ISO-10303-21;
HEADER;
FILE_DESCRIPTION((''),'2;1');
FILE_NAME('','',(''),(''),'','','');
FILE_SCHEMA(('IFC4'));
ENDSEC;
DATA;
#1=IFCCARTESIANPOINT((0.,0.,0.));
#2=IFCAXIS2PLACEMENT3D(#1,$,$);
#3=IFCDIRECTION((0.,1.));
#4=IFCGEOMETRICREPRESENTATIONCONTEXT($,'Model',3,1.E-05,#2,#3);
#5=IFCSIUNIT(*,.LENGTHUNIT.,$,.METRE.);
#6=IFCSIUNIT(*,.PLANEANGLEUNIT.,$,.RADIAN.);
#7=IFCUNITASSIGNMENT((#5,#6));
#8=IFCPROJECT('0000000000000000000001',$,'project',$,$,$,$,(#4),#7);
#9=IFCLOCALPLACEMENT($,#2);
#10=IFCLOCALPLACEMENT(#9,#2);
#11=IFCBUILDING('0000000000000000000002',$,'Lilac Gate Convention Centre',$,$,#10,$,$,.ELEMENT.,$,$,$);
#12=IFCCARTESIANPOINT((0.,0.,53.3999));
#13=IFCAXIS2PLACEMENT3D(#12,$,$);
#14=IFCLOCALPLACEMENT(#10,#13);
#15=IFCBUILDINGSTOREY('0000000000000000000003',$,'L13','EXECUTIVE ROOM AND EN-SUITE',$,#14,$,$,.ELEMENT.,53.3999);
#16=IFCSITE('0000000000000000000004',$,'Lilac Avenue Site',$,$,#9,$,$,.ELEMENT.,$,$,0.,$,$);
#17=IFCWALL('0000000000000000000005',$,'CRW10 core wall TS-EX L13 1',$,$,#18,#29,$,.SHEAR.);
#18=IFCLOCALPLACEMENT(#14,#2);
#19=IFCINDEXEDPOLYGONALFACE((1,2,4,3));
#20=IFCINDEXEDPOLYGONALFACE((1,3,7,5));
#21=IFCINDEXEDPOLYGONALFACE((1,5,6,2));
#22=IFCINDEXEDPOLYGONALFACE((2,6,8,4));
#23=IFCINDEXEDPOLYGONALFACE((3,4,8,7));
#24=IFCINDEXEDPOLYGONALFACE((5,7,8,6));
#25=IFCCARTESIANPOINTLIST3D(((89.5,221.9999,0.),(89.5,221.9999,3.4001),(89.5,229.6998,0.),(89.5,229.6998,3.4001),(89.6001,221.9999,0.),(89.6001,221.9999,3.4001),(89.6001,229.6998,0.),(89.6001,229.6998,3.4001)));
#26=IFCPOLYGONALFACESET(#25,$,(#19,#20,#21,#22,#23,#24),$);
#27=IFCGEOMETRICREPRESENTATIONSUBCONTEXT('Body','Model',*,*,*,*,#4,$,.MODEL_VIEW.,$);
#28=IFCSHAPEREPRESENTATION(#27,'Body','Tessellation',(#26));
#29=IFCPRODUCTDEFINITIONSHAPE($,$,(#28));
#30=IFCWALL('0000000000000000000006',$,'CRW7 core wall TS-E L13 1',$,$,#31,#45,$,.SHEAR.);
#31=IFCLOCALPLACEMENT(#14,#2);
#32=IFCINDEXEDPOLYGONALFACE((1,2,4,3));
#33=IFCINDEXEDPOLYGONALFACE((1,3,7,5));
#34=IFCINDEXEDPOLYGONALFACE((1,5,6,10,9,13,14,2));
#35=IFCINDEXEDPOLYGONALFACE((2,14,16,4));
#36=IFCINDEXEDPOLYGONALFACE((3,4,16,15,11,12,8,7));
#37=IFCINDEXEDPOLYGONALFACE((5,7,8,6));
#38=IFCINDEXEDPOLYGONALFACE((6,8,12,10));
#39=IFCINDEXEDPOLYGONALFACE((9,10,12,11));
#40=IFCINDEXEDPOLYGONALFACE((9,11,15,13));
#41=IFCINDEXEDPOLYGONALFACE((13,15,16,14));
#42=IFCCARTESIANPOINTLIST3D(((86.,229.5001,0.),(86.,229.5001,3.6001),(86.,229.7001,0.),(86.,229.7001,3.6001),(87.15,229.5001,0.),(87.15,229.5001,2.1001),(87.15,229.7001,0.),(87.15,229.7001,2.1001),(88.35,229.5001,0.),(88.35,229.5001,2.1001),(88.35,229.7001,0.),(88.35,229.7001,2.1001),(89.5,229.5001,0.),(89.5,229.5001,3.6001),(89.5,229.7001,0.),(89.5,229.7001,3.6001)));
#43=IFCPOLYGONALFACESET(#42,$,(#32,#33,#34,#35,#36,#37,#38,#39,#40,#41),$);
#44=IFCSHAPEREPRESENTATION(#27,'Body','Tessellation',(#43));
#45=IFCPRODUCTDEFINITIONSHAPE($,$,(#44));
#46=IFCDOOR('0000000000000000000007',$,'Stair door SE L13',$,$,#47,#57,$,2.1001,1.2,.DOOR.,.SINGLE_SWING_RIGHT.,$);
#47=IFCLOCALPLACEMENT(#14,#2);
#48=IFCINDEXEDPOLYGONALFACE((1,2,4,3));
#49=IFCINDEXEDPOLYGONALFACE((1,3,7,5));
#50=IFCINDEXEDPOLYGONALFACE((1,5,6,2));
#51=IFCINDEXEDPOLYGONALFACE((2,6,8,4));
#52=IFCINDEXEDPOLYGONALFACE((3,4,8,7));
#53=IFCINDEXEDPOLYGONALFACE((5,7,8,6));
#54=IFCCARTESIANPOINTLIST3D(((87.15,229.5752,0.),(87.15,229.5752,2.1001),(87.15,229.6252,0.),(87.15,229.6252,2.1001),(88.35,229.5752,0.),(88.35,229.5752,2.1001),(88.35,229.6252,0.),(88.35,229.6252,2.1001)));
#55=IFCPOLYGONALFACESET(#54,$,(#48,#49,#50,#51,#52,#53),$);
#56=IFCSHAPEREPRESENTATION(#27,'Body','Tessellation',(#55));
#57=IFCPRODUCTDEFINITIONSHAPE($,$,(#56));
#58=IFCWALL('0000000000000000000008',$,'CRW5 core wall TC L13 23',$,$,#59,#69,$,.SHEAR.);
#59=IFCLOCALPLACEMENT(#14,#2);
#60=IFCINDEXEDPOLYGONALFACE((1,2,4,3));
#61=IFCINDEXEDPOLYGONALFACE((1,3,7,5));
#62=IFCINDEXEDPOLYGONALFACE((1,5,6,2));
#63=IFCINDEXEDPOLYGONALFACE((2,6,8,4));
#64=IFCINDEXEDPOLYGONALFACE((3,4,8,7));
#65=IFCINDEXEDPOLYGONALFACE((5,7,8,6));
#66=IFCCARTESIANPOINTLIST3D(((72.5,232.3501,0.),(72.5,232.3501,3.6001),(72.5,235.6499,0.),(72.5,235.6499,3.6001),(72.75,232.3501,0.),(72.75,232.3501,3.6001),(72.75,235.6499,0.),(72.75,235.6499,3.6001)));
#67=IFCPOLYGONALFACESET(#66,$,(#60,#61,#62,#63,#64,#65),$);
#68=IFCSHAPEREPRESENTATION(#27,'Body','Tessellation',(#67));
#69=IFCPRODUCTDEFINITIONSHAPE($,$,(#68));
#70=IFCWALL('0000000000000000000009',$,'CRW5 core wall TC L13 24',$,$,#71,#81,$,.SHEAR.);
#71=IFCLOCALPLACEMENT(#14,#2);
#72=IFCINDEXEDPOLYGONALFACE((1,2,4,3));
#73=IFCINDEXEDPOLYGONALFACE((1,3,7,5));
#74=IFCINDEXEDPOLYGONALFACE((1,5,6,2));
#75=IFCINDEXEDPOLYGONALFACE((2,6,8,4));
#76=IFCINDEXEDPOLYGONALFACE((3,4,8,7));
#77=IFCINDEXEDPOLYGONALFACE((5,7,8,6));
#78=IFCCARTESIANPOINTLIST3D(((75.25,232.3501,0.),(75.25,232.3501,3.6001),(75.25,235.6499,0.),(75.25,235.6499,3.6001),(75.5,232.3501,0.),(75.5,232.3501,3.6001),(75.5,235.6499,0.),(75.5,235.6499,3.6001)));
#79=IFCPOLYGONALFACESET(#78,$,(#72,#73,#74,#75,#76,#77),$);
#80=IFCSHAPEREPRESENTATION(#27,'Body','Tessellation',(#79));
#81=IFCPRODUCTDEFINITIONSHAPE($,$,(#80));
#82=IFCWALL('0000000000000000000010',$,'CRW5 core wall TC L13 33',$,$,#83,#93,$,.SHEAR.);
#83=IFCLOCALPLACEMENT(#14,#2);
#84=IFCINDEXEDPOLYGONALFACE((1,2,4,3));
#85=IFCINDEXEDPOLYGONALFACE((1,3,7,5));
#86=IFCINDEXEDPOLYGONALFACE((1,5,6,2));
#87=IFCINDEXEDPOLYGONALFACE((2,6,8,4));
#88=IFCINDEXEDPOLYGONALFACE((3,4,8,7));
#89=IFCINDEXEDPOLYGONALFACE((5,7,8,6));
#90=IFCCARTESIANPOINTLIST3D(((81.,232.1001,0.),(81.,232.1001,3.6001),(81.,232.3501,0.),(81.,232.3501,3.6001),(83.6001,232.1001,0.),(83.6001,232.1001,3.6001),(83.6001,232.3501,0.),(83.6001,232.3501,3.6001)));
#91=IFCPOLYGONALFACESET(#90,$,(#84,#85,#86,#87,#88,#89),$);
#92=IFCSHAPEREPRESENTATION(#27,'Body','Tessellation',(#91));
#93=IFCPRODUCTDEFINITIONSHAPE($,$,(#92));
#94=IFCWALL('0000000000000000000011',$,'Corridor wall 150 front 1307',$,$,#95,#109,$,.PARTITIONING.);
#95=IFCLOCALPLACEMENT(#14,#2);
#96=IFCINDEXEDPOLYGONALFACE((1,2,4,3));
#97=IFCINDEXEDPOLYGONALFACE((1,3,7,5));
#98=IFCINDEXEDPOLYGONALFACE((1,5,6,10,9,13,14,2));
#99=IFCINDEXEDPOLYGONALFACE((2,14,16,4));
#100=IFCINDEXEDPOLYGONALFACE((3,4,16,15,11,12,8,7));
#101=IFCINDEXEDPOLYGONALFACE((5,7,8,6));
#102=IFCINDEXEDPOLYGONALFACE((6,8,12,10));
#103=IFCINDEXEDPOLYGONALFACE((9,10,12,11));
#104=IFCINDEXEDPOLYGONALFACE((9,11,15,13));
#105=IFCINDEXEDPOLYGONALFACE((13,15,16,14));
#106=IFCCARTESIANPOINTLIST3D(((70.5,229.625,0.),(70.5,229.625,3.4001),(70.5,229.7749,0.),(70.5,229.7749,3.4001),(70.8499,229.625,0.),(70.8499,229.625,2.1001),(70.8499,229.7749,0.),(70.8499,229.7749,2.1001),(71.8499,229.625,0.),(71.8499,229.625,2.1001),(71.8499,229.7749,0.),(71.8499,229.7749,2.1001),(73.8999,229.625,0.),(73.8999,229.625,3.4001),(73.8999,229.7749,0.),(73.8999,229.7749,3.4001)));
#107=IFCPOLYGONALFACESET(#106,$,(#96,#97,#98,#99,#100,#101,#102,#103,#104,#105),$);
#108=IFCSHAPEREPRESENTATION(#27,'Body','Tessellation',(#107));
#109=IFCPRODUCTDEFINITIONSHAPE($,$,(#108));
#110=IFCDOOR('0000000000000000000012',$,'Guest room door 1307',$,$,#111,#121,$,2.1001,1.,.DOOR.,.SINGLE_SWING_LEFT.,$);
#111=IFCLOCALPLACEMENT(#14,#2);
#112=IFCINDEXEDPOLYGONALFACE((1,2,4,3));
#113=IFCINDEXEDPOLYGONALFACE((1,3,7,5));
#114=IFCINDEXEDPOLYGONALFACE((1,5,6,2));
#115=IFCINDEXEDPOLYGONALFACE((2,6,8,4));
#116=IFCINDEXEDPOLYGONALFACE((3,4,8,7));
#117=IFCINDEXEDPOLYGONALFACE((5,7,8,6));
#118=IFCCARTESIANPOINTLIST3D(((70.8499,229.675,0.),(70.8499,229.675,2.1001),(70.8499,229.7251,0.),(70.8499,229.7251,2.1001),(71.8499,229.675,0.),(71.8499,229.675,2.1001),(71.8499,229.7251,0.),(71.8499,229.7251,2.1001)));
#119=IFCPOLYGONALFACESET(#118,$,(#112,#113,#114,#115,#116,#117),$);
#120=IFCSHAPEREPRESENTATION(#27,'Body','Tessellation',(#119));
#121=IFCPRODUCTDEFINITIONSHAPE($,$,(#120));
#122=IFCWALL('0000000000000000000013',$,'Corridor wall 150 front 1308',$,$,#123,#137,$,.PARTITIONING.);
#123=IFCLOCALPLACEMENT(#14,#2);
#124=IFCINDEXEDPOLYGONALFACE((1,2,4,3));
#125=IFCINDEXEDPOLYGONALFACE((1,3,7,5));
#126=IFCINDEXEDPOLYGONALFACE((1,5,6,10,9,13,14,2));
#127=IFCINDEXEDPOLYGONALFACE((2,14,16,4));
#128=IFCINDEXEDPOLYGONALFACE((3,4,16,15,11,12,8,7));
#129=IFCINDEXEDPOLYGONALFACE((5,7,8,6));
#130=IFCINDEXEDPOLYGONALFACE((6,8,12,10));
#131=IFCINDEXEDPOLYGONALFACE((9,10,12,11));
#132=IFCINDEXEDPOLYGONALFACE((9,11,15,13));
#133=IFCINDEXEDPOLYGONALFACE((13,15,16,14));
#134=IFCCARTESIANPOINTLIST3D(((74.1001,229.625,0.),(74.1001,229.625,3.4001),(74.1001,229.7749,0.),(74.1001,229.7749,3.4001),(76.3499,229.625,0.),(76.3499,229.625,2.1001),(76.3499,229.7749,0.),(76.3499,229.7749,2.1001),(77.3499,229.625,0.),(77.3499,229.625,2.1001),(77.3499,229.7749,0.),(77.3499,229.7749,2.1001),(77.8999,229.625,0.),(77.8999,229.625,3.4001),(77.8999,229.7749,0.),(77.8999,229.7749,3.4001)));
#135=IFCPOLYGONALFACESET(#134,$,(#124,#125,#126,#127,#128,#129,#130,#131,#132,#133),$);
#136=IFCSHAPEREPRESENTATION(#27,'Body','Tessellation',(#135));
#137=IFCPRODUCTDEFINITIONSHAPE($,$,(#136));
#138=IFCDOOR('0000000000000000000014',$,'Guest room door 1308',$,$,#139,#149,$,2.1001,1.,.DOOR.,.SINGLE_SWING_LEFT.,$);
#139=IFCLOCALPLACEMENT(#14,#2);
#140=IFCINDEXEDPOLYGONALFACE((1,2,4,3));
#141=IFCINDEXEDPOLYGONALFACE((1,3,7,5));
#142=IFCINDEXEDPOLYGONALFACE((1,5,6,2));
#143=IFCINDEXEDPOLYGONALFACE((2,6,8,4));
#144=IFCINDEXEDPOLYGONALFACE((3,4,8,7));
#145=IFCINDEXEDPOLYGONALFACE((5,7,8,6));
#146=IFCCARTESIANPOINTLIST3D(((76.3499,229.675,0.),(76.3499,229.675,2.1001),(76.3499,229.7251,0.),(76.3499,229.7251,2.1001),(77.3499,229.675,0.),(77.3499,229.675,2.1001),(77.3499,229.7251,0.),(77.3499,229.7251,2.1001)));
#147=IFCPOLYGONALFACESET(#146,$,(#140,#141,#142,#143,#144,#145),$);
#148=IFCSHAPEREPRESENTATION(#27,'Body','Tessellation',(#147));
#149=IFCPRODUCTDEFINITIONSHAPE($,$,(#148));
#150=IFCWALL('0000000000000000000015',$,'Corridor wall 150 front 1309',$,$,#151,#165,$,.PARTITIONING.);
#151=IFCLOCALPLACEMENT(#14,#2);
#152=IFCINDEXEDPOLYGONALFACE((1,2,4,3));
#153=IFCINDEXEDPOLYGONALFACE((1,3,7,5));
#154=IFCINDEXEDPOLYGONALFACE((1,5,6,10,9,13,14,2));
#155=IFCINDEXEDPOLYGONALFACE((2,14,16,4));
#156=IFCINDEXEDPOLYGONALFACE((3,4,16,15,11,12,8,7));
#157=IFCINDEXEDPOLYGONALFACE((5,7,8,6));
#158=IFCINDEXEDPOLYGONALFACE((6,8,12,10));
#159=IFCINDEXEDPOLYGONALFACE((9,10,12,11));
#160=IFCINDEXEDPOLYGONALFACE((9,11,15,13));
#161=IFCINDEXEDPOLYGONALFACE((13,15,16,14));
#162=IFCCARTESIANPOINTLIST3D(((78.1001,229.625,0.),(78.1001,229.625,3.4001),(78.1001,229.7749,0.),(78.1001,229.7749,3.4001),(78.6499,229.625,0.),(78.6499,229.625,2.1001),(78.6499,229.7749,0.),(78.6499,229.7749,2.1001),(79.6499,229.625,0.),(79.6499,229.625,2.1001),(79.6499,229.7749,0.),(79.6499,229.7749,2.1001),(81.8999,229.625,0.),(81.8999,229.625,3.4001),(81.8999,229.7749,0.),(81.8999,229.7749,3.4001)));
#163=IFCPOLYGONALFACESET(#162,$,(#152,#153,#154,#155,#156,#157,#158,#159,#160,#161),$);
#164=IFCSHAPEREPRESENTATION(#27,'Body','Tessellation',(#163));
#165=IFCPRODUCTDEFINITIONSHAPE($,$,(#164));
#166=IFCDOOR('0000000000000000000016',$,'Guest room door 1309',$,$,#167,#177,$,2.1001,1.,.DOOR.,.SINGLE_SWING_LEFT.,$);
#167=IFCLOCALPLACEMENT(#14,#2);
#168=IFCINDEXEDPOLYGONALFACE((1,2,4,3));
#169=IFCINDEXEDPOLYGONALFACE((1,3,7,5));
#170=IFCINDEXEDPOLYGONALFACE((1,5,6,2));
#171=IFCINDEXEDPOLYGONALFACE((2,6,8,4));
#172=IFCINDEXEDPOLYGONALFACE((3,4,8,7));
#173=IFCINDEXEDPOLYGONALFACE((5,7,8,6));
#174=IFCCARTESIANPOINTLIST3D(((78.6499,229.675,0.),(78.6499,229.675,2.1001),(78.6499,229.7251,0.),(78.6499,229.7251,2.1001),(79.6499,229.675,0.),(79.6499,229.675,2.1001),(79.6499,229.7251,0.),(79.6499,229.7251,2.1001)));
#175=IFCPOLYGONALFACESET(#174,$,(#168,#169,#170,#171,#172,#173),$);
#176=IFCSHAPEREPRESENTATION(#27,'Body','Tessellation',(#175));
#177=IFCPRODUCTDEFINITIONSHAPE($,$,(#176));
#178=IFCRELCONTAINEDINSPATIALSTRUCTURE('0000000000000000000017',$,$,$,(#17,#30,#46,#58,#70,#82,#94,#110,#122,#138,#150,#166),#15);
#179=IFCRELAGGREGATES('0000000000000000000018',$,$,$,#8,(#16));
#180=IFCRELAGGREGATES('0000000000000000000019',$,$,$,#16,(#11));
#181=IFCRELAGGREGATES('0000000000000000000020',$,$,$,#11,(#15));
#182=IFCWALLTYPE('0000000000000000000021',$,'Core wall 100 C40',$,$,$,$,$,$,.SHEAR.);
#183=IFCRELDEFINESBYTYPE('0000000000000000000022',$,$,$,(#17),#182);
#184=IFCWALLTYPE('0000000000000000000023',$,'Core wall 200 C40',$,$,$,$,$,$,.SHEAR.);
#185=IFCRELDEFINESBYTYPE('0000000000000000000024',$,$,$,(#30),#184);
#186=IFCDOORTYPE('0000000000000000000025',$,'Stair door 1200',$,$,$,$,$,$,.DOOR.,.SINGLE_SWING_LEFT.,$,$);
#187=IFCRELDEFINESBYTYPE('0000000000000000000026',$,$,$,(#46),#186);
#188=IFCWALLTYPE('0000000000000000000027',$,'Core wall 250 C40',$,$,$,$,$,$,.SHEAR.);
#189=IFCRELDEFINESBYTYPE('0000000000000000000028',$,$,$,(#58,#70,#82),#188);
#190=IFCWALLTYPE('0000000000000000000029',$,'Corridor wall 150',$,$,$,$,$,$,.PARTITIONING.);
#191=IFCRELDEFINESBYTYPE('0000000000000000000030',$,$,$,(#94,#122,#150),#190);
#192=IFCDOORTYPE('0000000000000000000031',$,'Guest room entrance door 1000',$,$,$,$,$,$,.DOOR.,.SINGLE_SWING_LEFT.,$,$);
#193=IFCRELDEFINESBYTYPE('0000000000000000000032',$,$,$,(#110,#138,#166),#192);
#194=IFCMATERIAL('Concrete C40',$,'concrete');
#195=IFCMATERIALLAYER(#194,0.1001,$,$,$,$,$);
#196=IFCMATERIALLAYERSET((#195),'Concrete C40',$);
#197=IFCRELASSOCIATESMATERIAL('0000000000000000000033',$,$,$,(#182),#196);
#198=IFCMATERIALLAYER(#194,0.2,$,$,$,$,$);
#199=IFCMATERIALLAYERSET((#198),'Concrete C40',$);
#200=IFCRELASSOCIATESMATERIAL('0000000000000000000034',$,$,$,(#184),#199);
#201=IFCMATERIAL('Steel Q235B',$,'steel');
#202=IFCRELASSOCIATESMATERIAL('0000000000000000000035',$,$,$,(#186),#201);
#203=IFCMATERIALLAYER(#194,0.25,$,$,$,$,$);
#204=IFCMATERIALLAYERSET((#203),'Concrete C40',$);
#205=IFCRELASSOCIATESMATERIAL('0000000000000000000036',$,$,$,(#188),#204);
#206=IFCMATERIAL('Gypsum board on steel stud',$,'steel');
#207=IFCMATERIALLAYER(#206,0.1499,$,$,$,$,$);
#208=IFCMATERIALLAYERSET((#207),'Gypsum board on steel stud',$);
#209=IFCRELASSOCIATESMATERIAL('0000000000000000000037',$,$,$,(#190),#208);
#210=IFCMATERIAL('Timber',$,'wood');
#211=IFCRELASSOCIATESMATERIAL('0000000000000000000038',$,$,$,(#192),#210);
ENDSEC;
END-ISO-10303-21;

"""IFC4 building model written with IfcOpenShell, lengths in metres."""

from ifc_helpers import new_model, si_unit, direction, frame, frame_2d, origin, place, context, subcontext, project, spatial, rectangle, extrude, material, layer, layer_set, type_object, element, fill, save


model = new_model("IFC4")

# Units and contexts
model_context = context("Model", 3, precision=1e-05, world=origin(), true_north=direction((0.0, 1.0)))
body_context = subcontext(model_context, "Body", "Model", "MODEL_VIEW")
ifc_project = project(units=[si_unit("LENGTHUNIT", "METRE"), si_unit("PLANEANGLEUNIT", "RADIAN")], contexts=[model_context])

# Site, building, storey
site_placement = place(None, origin())
site = spatial("IfcSite", under=ifc_project, at=site_placement, Name="Lilac Avenue Site", CompositionType="ELEMENT", RefElevation=0.0)
building_placement = place(site_placement, origin())
building = spatial("IfcBuilding", under=site, at=building_placement, Name="Lilac Gate Convention Centre", CompositionType="ELEMENT")
storey_placement = place(building_placement, frame((0.0, 0.0, 53.3999)))
storey = spatial("IfcBuildingStorey", under=building, at=storey_placement, Name="L13", Description="EXECUTIVE ROOM AND EN-SUITE", CompositionType="ELEMENT", Elevation=53.3999)

# Wall
ifc_material_1 = material(Name="Concrete C40", Category="concrete")
ifc_layer_1 = layer(ifc_material_1, 0.1001)
ifc_layer_set_1 = layer_set([ifc_layer_1], Name="Concrete C40")
wall_type_1 = type_object("IfcWallType", Name="Core wall 100 C40", PredefinedType="SHEAR", material=ifc_layer_set_1)
wall_1_placement = place(storey_placement, frame((89.55, 229.7, 0.0), z_axis=(0.0, 0.0, 1.0), x_axis=(0.0, -1.0, 0.0)))
element("IfcWall", 1, at=wall_1_placement, inside=storey, type_object=wall_type_1, Name="CRW10 core wall TS-EX L13 1", PredefinedType="SHEAR", context=body_context, shape_type="SweptSolid", body=[
    extrude(rectangle(XDim=7.7, YDim=0.1001, at=frame_2d((3.8501, 0.0))), origin(), (0.0, 0.0, 1.0), 3.4001),
])

# Wall, opening, door
ifc_layer_2 = layer(ifc_material_1, 0.2)
ifc_layer_set_2 = layer_set([ifc_layer_2], Name="Concrete C40")
wall_type_2 = type_object("IfcWallType", Name="Core wall 200 C40", PredefinedType="SHEAR", material=ifc_layer_set_2)
wall_2_placement = place(storey_placement, frame((89.5, 229.6001, 0.0), z_axis=(0.0, 0.0, 1.0), x_axis=(-1.0, 0.0, 0.0)))
wall_2 = element("IfcWall", 2, at=wall_2_placement, inside=storey, type_object=wall_type_2, Name="CRW7 core wall TS-E L13 1", PredefinedType="SHEAR", context=body_context, shape_type="SweptSolid", body=[
    extrude(rectangle(XDim=3.5, YDim=0.2, at=frame_2d((1.75, 0.0))), origin(), (0.0, 0.0, 1.0), 3.6001),
])
opening_1_placement = place(wall_2_placement, frame((1.1499, 0.0, 0.0)))
opening_1 = element("IfcOpeningElement", 3, at=opening_1_placement, cuts=wall_2, PredefinedType="OPENING", context=body_context, shape_type="SweptSolid", body=[
    extrude(rectangle(XDim=1.2, YDim=2.1001, at=frame_2d((0.6001, 1.05))), frame((0.0, 0.1099, 0.0), z_axis=(0.0, -1.0, 0.0), x_axis=(1.0, 0.0, 0.0)), (0.0, 0.0, 1.0), 0.22),
])
ifc_material_2 = material(Name="Steel Q235B", Category="steel")
door_type_1 = type_object("IfcDoorType", Name="Stair door 1200", OperationType="SINGLE_SWING_LEFT", PredefinedType="DOOR", material=ifc_material_2)
door_1_placement = place(opening_1_placement, origin())
door_1 = element("IfcDoor", 4, at=door_1_placement, inside=storey, type_object=door_type_1, Name="Stair door SE L13", OperationType="SINGLE_SWING_RIGHT", OverallHeight=2.1001, OverallWidth=1.2, PredefinedType="DOOR", context=body_context, shape_type="SweptSolid", body=[
    extrude(rectangle(XDim=1.2, YDim=2.1001, at=frame_2d((0.6001, 1.05))), frame((0.0, 0.0249, 0.0), z_axis=(0.0, -1.0, 0.0), x_axis=(1.0, 0.0, 0.0)), (0.0, 0.0, 1.0), 0.05),
])
fill(opening_1, door_1)

# Walls
ifc_layer_3 = layer(ifc_material_1, 0.25)
ifc_layer_set_3 = layer_set([ifc_layer_3], Name="Concrete C40")
wall_type_3 = type_object("IfcWallType", Name="Core wall 250 C40", PredefinedType="SHEAR", material=ifc_layer_set_3)
for number, where, z_axis, x_axis, name in (
    (5, (72.625, 232.3501, 0.0), (0.0, 0.0, 1.0), (0.0, 1.0, 0.0), "CRW5 core wall TC L13 23"),
    (6, (75.375, 232.3501, 0.0), (0.0, 0.0, 1.0), (0.0, 1.0, 0.0), "CRW5 core wall TC L13 24"),
):
    element("IfcWall", number, at=place(storey_placement, frame(where, z_axis=z_axis, x_axis=x_axis)), inside=storey, type_object=wall_type_3, Name=name, PredefinedType="SHEAR", context=body_context, shape_type="SweptSolid", body=[
        extrude(rectangle(XDim=3.2998, YDim=0.25, at=frame_2d((1.6499, 0.0))), origin(), (0.0, 0.0, 1.0), 3.6001),
    ])
wall_3_placement = place(storey_placement, frame((81.0, 232.2251, 0.0), z_axis=(0.0, 0.0, 1.0), x_axis=(1.0, 0.0, 0.0)))
element("IfcWall", 7, at=wall_3_placement, inside=storey, type_object=wall_type_3, Name="CRW5 core wall TC L13 33", PredefinedType="SHEAR", context=body_context, shape_type="SweptSolid", body=[
    extrude(rectangle(XDim=2.6001, YDim=0.25, at=frame_2d((1.3, 0.0))), origin(), (0.0, 0.0, 1.0), 3.6001),
])

# Walls, openings, doors
ifc_material_3 = material(Name="Gypsum board on steel stud", Category="steel")
ifc_layer_4 = layer(ifc_material_3, 0.1499)
ifc_layer_set_4 = layer_set([ifc_layer_4], Name="Gypsum board on steel stud")
wall_type_4 = type_object("IfcWallType", Name="Corridor wall 150", PredefinedType="PARTITIONING", material=ifc_layer_set_4)
wall_4_placement = place(storey_placement, frame((73.8999, 229.7, 0.0), z_axis=(0.0, 0.0, 1.0), x_axis=(-1.0, 0.0, 0.0)))
wall_4 = element("IfcWall", 8, at=wall_4_placement, inside=storey, type_object=wall_type_4, Name="Corridor wall 150 front 1307", PredefinedType="PARTITIONING", context=body_context, shape_type="SweptSolid", body=[
    extrude(rectangle(XDim=3.3999, YDim=0.1499, at=frame_2d((1.7, 0.0))), origin(), (0.0, 0.0, 1.0), 3.4001),
])
opening_2_placement = place(wall_4_placement, frame((2.05, 0.0, 0.0)))
opening_2 = element("IfcOpeningElement", 9, at=opening_2_placement, cuts=wall_4, PredefinedType="OPENING", context=body_context, shape_type="SweptSolid", body=[
    extrude(rectangle(XDim=1.0, YDim=2.1001, at=frame_2d((0.5, 1.05))), frame((0.0, 0.085, 0.0), z_axis=(0.0, -1.0, 0.0), x_axis=(1.0, 0.0, 0.0)), (0.0, 0.0, 1.0), 0.1699),
])
ifc_material_4 = material(Name="Timber", Category="wood")
door_type_2 = type_object("IfcDoorType", Name="Guest room entrance door 1000", OperationType="SINGLE_SWING_LEFT", PredefinedType="DOOR", material=ifc_material_4)
door_2_placement = place(opening_2_placement, origin())
door_2 = element("IfcDoor", 10, at=door_2_placement, inside=storey, type_object=door_type_2, Name="Guest room door 1307", OperationType="SINGLE_SWING_LEFT", OverallHeight=2.1001, OverallWidth=1.0, PredefinedType="DOOR", context=body_context, shape_type="SweptSolid", body=[
    extrude(rectangle(XDim=1.0, YDim=2.1001, at=frame_2d((0.5, 1.05))), frame((0.0, 0.0249, 0.0), z_axis=(0.0, -1.0, 0.0), x_axis=(1.0, 0.0, 0.0)), (0.0, 0.0, 1.0), 0.05),
])
fill(opening_2, door_2)
wall_5_placement = place(storey_placement, frame((77.8999, 229.7, 0.0), z_axis=(0.0, 0.0, 1.0), x_axis=(-1.0, 0.0, 0.0)))
wall_5 = element("IfcWall", 11, at=wall_5_placement, inside=storey, type_object=wall_type_4, Name="Corridor wall 150 front 1308", PredefinedType="PARTITIONING", context=body_context, shape_type="SweptSolid", body=[
    extrude(rectangle(XDim=3.7998, YDim=0.1499, at=frame_2d((1.8999, 0.0))), origin(), (0.0, 0.0, 1.0), 3.4001),
])
opening_3_placement = place(wall_5_placement, frame((0.55, 0.0, 0.0)))
opening_3 = element("IfcOpeningElement", 12, at=opening_3_placement, cuts=wall_5, PredefinedType="OPENING", context=body_context, shape_type="SweptSolid", body=[
    extrude(rectangle(XDim=1.0, YDim=2.1001, at=frame_2d((0.5, 1.05))), frame((0.0, 0.085, 0.0), z_axis=(0.0, -1.0, 0.0), x_axis=(1.0, 0.0, 0.0)), (0.0, 0.0, 1.0), 0.1699),
])
door_3_placement = place(opening_3_placement, origin())
door_3 = element("IfcDoor", 13, at=door_3_placement, inside=storey, type_object=door_type_2, Name="Guest room door 1308", OperationType="SINGLE_SWING_LEFT", OverallHeight=2.1001, OverallWidth=1.0, PredefinedType="DOOR", context=body_context, shape_type="SweptSolid", body=[
    extrude(rectangle(XDim=1.0, YDim=2.1001, at=frame_2d((0.5, 1.05))), frame((0.0, 0.0249, 0.0), z_axis=(0.0, -1.0, 0.0), x_axis=(1.0, 0.0, 0.0)), (0.0, 0.0, 1.0), 0.05),
])
fill(opening_3, door_3)
wall_6_placement = place(storey_placement, frame((81.8999, 229.7, 0.0), z_axis=(0.0, 0.0, 1.0), x_axis=(-1.0, 0.0, 0.0)))
wall_6 = element("IfcWall", 14, at=wall_6_placement, inside=storey, type_object=wall_type_4, Name="Corridor wall 150 front 1309", PredefinedType="PARTITIONING", context=body_context, shape_type="SweptSolid", body=[
    extrude(rectangle(XDim=3.7998, YDim=0.1499, at=frame_2d((1.8999, 0.0))), origin(), (0.0, 0.0, 1.0), 3.4001),
])
opening_4_placement = place(wall_6_placement, frame((2.25, 0.0, 0.0)))
opening_4 = element("IfcOpeningElement", 15, at=opening_4_placement, cuts=wall_6, PredefinedType="OPENING", context=body_context, shape_type="SweptSolid", body=[
    extrude(rectangle(XDim=1.0, YDim=2.1001, at=frame_2d((0.5, 1.05))), frame((0.0, 0.085, 0.0), z_axis=(0.0, -1.0, 0.0), x_axis=(1.0, 0.0, 0.0)), (0.0, 0.0, 1.0), 0.1699),
])
door_4_placement = place(opening_4_placement, origin())
door_4 = element("IfcDoor", 16, at=door_4_placement, inside=storey, type_object=door_type_2, Name="Guest room door 1309", OperationType="SINGLE_SWING_LEFT", OverallHeight=2.1001, OverallWidth=1.0, PredefinedType="DOOR", context=body_context, shape_type="SweptSolid", body=[
    extrude(rectangle(XDim=1.0, YDim=2.1001, at=frame_2d((0.5, 1.05))), frame((0.0, 0.0249, 0.0), z_axis=(0.0, -1.0, 0.0), x_axis=(1.0, 0.0, 0.0)), (0.0, 0.0, 1.0), 0.05),
])
fill(opening_4, door_4)

save(model, "model.ifc")
